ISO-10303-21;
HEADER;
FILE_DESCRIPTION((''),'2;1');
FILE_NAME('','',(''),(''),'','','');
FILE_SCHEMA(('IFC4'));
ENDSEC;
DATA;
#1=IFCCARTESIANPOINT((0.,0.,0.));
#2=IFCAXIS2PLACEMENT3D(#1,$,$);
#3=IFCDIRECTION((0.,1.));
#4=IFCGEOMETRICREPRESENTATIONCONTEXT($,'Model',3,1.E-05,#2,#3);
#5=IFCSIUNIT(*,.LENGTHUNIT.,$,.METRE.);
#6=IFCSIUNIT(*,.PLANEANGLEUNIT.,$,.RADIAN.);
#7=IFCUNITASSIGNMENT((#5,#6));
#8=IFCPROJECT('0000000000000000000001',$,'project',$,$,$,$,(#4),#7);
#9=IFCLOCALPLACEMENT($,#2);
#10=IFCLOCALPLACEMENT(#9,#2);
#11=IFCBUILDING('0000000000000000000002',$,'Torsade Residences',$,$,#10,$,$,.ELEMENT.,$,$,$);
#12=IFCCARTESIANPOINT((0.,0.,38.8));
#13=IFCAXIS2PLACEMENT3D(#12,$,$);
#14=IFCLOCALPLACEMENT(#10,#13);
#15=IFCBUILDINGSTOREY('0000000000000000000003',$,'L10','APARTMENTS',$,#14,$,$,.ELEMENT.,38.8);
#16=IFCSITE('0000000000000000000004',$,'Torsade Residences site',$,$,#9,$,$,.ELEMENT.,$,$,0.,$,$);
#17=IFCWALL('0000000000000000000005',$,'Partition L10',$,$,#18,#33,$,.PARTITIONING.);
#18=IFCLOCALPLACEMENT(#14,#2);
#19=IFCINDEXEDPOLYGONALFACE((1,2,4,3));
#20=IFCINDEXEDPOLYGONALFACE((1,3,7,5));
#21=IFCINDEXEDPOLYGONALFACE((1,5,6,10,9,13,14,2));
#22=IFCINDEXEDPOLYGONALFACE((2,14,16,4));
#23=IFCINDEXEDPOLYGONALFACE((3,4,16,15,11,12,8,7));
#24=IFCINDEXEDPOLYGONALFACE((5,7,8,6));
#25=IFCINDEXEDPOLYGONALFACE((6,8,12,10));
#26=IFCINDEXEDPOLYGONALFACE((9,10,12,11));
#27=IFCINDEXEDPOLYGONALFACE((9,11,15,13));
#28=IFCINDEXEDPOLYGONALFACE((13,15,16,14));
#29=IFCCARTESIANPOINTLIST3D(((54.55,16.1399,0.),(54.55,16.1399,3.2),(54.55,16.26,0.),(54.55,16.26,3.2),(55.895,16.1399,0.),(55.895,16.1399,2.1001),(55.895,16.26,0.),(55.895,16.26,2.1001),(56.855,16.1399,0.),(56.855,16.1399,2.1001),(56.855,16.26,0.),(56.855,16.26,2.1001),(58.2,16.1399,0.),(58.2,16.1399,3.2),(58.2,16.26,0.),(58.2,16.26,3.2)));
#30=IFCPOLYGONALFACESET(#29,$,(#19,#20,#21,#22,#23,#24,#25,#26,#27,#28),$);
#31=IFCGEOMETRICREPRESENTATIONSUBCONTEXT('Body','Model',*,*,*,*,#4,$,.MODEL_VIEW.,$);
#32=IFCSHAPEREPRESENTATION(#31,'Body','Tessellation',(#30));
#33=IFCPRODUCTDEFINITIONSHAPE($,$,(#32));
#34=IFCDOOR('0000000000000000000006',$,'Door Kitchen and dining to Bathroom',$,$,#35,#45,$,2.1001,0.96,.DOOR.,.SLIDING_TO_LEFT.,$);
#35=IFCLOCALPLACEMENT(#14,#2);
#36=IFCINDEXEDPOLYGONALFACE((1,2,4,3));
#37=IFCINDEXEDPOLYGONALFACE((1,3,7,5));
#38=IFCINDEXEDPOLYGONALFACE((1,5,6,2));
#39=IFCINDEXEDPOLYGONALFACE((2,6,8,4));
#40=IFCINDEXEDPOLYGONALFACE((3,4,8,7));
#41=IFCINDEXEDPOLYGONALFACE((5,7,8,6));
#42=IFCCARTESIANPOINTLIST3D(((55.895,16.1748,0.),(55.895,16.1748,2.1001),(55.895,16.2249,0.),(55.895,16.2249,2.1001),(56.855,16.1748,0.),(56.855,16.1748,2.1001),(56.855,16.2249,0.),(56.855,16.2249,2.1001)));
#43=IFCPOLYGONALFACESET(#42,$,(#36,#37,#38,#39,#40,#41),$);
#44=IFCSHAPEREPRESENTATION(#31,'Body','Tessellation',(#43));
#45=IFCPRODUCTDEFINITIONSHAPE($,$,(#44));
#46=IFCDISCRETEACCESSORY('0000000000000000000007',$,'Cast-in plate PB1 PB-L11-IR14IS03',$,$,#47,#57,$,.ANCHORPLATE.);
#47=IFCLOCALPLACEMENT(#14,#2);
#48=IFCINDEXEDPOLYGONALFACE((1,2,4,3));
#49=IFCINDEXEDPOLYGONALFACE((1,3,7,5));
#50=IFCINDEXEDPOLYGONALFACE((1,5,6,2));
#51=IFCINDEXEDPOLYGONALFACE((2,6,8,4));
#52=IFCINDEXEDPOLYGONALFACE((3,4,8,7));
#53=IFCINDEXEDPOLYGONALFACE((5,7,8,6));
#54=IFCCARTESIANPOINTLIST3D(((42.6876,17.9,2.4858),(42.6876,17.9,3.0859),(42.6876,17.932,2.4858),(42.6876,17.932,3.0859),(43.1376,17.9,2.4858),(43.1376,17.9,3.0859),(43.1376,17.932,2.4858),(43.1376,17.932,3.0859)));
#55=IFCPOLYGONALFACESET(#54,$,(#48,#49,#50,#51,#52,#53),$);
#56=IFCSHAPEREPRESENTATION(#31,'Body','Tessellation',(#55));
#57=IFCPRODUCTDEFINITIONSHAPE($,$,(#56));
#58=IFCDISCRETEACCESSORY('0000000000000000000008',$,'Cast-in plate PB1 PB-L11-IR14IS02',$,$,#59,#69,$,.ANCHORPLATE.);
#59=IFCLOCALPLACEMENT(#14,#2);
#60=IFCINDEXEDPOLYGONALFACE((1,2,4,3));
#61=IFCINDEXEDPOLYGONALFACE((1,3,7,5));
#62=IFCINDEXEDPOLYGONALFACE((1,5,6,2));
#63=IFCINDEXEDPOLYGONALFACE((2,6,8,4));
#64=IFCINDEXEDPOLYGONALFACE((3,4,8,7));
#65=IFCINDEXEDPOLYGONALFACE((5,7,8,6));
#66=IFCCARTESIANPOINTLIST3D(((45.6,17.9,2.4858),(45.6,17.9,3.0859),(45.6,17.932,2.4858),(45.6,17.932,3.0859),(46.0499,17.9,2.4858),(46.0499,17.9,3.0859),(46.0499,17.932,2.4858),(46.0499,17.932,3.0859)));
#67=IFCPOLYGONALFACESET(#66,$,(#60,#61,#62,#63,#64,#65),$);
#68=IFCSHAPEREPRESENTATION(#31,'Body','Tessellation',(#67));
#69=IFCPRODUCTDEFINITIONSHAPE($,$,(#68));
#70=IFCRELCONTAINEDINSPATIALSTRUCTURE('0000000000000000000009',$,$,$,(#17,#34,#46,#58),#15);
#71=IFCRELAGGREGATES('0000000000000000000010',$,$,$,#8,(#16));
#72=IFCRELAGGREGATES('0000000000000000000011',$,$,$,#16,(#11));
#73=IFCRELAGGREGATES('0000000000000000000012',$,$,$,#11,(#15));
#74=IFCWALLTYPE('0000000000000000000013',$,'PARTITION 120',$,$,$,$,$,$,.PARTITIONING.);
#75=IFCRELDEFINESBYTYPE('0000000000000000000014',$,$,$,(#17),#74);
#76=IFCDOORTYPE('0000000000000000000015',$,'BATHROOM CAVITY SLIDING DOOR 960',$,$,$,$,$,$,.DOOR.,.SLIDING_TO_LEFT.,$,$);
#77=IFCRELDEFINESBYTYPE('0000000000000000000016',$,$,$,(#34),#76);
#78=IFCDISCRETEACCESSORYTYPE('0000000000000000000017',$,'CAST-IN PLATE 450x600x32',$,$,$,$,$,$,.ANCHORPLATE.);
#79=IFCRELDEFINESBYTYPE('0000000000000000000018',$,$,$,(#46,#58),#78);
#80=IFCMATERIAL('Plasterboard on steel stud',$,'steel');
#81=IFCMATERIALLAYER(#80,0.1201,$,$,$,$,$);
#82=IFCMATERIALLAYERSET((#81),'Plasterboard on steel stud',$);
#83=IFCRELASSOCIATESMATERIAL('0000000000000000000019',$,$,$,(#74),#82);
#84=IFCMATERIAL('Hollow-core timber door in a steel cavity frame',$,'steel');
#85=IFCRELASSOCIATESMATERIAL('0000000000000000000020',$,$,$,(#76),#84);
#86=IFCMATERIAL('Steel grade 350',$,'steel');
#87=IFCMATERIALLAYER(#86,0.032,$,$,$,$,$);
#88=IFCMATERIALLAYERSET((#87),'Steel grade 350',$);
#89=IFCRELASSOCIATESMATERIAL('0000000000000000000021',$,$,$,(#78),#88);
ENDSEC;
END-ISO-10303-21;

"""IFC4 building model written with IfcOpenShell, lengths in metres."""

from ifc_helpers import new_model, si_unit, direction, frame, frame_2d, origin, origin_2d, place, context, subcontext, project, spatial, rectangle, extrude, material, layer, layer_set, type_object, element, fill, save


model = new_model("IFC4")

# Units and contexts
model_context = context("Model", 3, precision=1e-05, world=origin(), true_north=direction((0.0, 1.0)))
body_context = subcontext(model_context, "Body", "Model", "MODEL_VIEW")
ifc_project = project(units=[si_unit("LENGTHUNIT", "METRE"), si_unit("PLANEANGLEUNIT", "RADIAN")], contexts=[model_context])

# Site, building, storey
site_placement = place(None, origin())
site = spatial("IfcSite", under=ifc_project, at=site_placement, Name="Torsade Residences site", CompositionType="ELEMENT", RefElevation=0.0)
building_placement = place(site_placement, origin())
building = spatial("IfcBuilding", under=site, at=building_placement, Name="Torsade Residences", CompositionType="ELEMENT")
storey_placement = place(building_placement, frame((0.0, 0.0, 38.8)))
storey = spatial("IfcBuildingStorey", under=building, at=storey_placement, Name="L10", Description="APARTMENTS", CompositionType="ELEMENT", Elevation=38.8)

# Shared definitions
ifc_material_1 = material(Name="Plasterboard on steel stud", Category="steel")
ifc_layer_1 = layer(ifc_material_1, 0.1201)
ifc_layer_set_1 = layer_set([ifc_layer_1], Name="Plasterboard on steel stud")
wall_type_1 = type_object("IfcWallType", Name="PARTITION 120", PredefinedType="PARTITIONING", material=ifc_layer_set_1)
ifc_material_2 = material(Name="Hollow-core timber door in a steel cavity frame", Category="steel")
door_type_1 = type_object("IfcDoorType", Name="BATHROOM CAVITY SLIDING DOOR 960", OperationType="SLIDING_TO_LEFT", PredefinedType="DOOR", material=ifc_material_2)

# Wall, opening, door
wall_1_placement = place(storey_placement, frame((54.55, 16.2, 0.0), z_axis=(0.0, 0.0, 1.0), x_axis=(1.0, 0.0, 0.0)))
wall_1 = element("IfcWall", 1, at=wall_1_placement, inside=storey, type_object=wall_type_1, Name="Partition L10", PredefinedType="PARTITIONING", context=body_context, shape_type="SweptSolid", body=[
    extrude(rectangle(XDim=3.6499, YDim=0.1201, at=frame_2d((1.825, 0.0))), origin(), (0.0, 0.0, 1.0), 3.2),
])
opening_1_placement = place(wall_1_placement, frame((1.345, 0.0, 0.0)))
opening_1 = element("IfcOpeningElement", 2, at=opening_1_placement, cuts=wall_1, PredefinedType="OPENING", context=body_context, shape_type="SweptSolid", body=[
    extrude(rectangle(XDim=0.96, YDim=2.1001, at=frame_2d((0.48, 1.05))), frame((0.0, 0.0701, 0.0), z_axis=(0.0, -1.0, 0.0), x_axis=(1.0, 0.0, 0.0)), (0.0, 0.0, 1.0), 0.1401),
])
door_1_placement = place(opening_1_placement, origin())
door_1 = element("IfcDoor", 3, at=door_1_placement, inside=storey, type_object=door_type_1, Name="Door Kitchen and dining to Bathroom", OperationType="SLIDING_TO_LEFT", OverallHeight=2.1001, OverallWidth=0.96, PredefinedType="DOOR", context=body_context, shape_type="SweptSolid", body=[
    extrude(rectangle(XDim=0.96, YDim=2.1001, at=frame_2d((0.48, 1.05))), frame((0.0, 0.0249, 0.0), z_axis=(0.0, -1.0, 0.0), x_axis=(1.0, 0.0, 0.0)), (0.0, 0.0, 1.0), 0.05),
])
fill(opening_1, door_1)

# Discrete accessories
ifc_material_3 = material(Name="Steel grade 350", Category="steel")
ifc_layer_2 = layer(ifc_material_3, 0.032)
ifc_layer_set_2 = layer_set([ifc_layer_2], Name="Steel grade 350")
discrete_accessory_type = type_object("IfcDiscreteAccessoryType", Name="CAST-IN PLATE 450x600x32", PredefinedType="ANCHORPLATE", material=ifc_layer_set_2)
for number, where, z_axis, x_axis, name in (
    (4, (42.9126, 17.916, 2.4858), (0.0, 0.0, 1.0), (1.0, 0.0, 0.0), "Cast-in plate PB1 PB-L11-IR14IS03"),
    (5, (45.825, 17.916, 2.4858), (0.0, 0.0, 1.0), (1.0, 0.0, 0.0), "Cast-in plate PB1 PB-L11-IR14IS02"),
):
    element("IfcDiscreteAccessory", number, at=place(storey_placement, frame(where, z_axis=z_axis, x_axis=x_axis)), inside=storey, type_object=discrete_accessory_type, Name=name, PredefinedType="ANCHORPLATE", context=body_context, shape_type="SweptSolid", body=[
        extrude(rectangle(XDim=0.45, YDim=0.032, at=origin_2d()), origin(), (0.0, 0.0, 1.0), 0.6001),
    ])

save(model, "model.ifc")
